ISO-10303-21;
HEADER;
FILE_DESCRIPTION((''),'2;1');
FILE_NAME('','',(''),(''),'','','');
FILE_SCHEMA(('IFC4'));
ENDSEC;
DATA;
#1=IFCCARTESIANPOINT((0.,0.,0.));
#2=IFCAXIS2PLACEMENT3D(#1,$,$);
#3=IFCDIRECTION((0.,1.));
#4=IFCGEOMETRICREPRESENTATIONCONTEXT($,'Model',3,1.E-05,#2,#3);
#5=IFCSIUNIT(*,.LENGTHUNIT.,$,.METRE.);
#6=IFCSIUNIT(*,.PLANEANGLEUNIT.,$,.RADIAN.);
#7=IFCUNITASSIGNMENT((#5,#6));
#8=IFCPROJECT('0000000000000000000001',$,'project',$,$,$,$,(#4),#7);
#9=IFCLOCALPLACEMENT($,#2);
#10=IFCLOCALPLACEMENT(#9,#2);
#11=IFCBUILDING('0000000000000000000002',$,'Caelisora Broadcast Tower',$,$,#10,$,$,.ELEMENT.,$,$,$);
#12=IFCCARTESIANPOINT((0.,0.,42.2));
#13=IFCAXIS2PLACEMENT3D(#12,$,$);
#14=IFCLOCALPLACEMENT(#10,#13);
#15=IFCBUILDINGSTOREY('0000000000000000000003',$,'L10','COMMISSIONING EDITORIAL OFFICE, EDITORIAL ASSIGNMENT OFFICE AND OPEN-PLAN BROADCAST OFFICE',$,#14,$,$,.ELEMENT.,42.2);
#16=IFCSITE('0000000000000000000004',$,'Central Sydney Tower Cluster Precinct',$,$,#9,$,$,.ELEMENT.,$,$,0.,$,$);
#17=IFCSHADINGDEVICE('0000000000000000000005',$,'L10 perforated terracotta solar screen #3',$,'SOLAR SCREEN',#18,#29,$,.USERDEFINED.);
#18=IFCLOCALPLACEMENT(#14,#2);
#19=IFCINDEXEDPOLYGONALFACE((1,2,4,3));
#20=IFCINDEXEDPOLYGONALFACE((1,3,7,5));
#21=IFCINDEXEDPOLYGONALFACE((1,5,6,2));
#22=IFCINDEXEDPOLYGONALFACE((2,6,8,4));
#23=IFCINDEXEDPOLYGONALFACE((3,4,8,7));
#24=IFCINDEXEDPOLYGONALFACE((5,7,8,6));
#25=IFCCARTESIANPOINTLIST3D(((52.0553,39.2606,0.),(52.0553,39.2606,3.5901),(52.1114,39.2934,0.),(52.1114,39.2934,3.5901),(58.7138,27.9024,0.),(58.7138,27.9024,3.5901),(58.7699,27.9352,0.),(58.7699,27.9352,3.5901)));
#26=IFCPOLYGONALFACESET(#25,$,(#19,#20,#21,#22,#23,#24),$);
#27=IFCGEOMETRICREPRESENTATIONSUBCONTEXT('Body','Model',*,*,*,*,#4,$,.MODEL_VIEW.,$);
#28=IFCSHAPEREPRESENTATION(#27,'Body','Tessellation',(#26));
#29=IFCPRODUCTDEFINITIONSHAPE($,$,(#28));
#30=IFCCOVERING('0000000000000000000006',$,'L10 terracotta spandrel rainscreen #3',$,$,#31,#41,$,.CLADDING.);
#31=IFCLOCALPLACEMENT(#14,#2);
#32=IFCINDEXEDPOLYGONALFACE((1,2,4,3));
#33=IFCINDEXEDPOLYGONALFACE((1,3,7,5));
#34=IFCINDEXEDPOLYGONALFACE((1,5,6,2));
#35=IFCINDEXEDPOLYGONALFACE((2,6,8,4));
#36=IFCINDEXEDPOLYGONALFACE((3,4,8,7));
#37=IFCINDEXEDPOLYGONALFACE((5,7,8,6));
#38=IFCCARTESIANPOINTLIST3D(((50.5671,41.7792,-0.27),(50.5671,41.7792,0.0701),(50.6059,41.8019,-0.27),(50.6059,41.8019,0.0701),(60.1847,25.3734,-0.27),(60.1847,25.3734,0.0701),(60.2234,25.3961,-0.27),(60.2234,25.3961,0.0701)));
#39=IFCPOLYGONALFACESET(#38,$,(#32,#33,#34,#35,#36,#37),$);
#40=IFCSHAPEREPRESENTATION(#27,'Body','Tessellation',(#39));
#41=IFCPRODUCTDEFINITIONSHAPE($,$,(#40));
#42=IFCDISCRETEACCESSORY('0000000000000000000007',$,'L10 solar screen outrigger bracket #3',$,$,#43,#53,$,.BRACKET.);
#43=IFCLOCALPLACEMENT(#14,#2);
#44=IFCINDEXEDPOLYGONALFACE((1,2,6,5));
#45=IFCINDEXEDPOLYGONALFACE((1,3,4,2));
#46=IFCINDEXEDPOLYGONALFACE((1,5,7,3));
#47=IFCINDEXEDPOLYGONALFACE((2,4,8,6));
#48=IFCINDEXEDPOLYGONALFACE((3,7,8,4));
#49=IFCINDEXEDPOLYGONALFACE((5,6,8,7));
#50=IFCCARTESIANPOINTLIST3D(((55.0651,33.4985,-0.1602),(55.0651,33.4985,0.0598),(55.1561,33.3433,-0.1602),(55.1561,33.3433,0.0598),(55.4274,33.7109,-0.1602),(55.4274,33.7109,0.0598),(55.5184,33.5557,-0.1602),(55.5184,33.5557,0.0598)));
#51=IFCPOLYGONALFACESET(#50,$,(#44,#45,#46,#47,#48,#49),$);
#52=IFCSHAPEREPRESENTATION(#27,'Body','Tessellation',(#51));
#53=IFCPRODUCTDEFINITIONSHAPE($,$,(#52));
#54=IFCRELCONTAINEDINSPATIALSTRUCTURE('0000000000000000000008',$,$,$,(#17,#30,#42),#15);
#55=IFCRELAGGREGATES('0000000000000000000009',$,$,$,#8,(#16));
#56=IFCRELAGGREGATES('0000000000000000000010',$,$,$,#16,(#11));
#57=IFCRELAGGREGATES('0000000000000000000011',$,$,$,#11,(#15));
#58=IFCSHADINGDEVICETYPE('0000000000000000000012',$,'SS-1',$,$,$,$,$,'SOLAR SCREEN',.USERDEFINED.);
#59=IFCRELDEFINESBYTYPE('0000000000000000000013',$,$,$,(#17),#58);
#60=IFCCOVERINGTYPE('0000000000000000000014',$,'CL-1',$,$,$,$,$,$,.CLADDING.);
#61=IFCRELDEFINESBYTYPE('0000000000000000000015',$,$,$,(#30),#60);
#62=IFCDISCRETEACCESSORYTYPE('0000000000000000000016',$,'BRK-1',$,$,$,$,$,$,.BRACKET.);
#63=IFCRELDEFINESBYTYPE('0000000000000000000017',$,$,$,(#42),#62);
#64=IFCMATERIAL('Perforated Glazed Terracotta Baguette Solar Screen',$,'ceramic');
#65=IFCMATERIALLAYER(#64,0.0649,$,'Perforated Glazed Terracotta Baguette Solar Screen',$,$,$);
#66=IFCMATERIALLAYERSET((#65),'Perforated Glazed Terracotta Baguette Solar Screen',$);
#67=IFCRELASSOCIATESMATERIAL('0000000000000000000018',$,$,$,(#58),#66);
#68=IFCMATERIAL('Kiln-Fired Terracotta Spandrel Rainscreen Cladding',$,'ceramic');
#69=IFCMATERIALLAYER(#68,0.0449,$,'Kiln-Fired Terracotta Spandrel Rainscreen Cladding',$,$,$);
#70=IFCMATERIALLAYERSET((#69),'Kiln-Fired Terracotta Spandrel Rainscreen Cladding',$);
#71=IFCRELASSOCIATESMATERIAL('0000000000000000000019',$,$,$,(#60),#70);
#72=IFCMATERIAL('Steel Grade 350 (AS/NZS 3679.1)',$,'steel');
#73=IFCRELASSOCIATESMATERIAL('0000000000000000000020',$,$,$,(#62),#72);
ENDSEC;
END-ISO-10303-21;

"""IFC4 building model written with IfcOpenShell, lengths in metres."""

from ifc_helpers import new_model, si_unit, direction, frame, origin, origin_2d, place, context, subcontext, project, spatial, rectangle, extrude, source, transform, mapped, material, layer, layer_set, type_object, type_shapes, element, save


model = new_model("IFC4")

# Units and contexts
model_context = context("Model", 3, precision=1e-05, world=origin(), true_north=direction((0.0, 1.0)))
body_context = subcontext(model_context, "Body", "Model", "MODEL_VIEW")
ifc_project = project(units=[si_unit("LENGTHUNIT", "METRE"), si_unit("PLANEANGLEUNIT", "RADIAN")], contexts=[model_context])

# Site, building, storey
site_placement = place(None, origin())
site = spatial("IfcSite", under=ifc_project, at=site_placement, Name="Central Sydney Tower Cluster Precinct", CompositionType="ELEMENT", RefElevation=0.0)
building_placement = place(site_placement, origin())
building = spatial("IfcBuilding", under=site, at=building_placement, Name="Caelisora Broadcast Tower", CompositionType="ELEMENT")
storey_placement = place(building_placement, frame((0.0, 0.0, 42.2)))
storey = spatial("IfcBuildingStorey", under=building, at=storey_placement, Name="L10", Description="COMMISSIONING EDITORIAL OFFICE, EDITORIAL ASSIGNMENT OFFICE AND OPEN-PLAN BROADCAST OFFICE", CompositionType="ELEMENT", Elevation=42.2)

# Shared definitions
ifc_material_1 = material(Name="Steel Grade 350 (AS/NZS 3679.1)", Category="steel")

# Shading device
ifc_material_2 = material(Name="Perforated Glazed Terracotta Baguette Solar Screen", Category="ceramic")
ifc_layer_1 = layer(ifc_material_2, 0.0649, Name="Perforated Glazed Terracotta Baguette Solar Screen")
ifc_layer_set_1 = layer_set([ifc_layer_1], Name="Perforated Glazed Terracotta Baguette Solar Screen")
shading_device_type = type_object("IfcShadingDeviceType", Name="SS-1", ElementType="SOLAR SCREEN", PredefinedType="USERDEFINED", material=ifc_layer_set_1)
shared_shape_1 = source(origin(), body_context, "Body", "SweptSolid", [
    extrude(rectangle(XDim=13.166, YDim=0.0649, at=origin_2d()), origin(), (0.0, 0.0, 1.0), 3.5901),
])
type_shapes(shading_device_type, [shared_shape_1])
shading_device_placement = place(storey_placement, frame((55.4126, 33.5979, 0.0), z_axis=(0.0, 0.0, 1.0), x_axis=(-0.505733, 0.86269, 0.0)))
element("IfcShadingDevice", 1, at=shading_device_placement, inside=storey, type_object=shading_device_type, Name="L10 perforated terracotta solar screen #3", ObjectType="SOLAR SCREEN", PredefinedType="USERDEFINED", context=body_context, shape_type="MappedRepresentation", body=[
    mapped(shared_shape_1, transform((0.0, 0.0, 0.0), scale=1.0)),
])

# Covering
ifc_material_3 = material(Name="Kiln-Fired Terracotta Spandrel Rainscreen Cladding", Category="ceramic")
ifc_layer_2 = layer(ifc_material_3, 0.0449, Name="Kiln-Fired Terracotta Spandrel Rainscreen Cladding")
ifc_layer_set_2 = layer_set([ifc_layer_2], Name="Kiln-Fired Terracotta Spandrel Rainscreen Cladding")
covering_type = type_object("IfcCoveringType", Name="CL-1", PredefinedType="CLADDING", material=ifc_layer_set_2)
shared_shape_2 = source(origin(), body_context, "Body", "SweptSolid", [
    extrude(rectangle(XDim=19.0171, YDim=0.0449, at=origin_2d()), origin(), (0.0, 0.0, 1.0), 0.3401),
])
type_shapes(covering_type, [shared_shape_2])
covering_placement = place(storey_placement, frame((55.3953, 33.5876, -0.27), z_axis=(0.0, 0.0, 1.0), x_axis=(-0.505733, 0.86269, 0.0)))
element("IfcCovering", 2, at=covering_placement, inside=storey, type_object=covering_type, Name="L10 terracotta spandrel rainscreen #3", PredefinedType="CLADDING", context=body_context, shape_type="MappedRepresentation", body=[
    mapped(shared_shape_2, transform((0.0, 0.0, 0.0), scale=1.0)),
])

# Discrete accessory
discrete_accessory_type = type_object("IfcDiscreteAccessoryType", Name="BRK-1", PredefinedType="BRACKET", material=ifc_material_1)
shared_shape_3 = source(origin(), body_context, "Body", "SweptSolid", [
    extrude(rectangle(XDim=0.1799, YDim=0.4199, at=origin_2d()), origin(), (0.0, 0.0, 1.0), 0.22),
])
type_shapes(discrete_accessory_type, [shared_shape_3])
discrete_accessory_placement = place(storey_placement, frame((55.2917, 33.5271, -0.1602), z_axis=(0.0, 0.0, 1.0), x_axis=(-0.505733, 0.86269, 0.0)))
element("IfcDiscreteAccessory", 3, at=discrete_accessory_placement, inside=storey, type_object=discrete_accessory_type, Name="L10 solar screen outrigger bracket #3", PredefinedType="BRACKET", context=body_context, shape_type="MappedRepresentation", body=[
    mapped(shared_shape_3, transform((0.0, 0.0, 0.0), scale=1.0)),
])

save(model, "model.ifc")
